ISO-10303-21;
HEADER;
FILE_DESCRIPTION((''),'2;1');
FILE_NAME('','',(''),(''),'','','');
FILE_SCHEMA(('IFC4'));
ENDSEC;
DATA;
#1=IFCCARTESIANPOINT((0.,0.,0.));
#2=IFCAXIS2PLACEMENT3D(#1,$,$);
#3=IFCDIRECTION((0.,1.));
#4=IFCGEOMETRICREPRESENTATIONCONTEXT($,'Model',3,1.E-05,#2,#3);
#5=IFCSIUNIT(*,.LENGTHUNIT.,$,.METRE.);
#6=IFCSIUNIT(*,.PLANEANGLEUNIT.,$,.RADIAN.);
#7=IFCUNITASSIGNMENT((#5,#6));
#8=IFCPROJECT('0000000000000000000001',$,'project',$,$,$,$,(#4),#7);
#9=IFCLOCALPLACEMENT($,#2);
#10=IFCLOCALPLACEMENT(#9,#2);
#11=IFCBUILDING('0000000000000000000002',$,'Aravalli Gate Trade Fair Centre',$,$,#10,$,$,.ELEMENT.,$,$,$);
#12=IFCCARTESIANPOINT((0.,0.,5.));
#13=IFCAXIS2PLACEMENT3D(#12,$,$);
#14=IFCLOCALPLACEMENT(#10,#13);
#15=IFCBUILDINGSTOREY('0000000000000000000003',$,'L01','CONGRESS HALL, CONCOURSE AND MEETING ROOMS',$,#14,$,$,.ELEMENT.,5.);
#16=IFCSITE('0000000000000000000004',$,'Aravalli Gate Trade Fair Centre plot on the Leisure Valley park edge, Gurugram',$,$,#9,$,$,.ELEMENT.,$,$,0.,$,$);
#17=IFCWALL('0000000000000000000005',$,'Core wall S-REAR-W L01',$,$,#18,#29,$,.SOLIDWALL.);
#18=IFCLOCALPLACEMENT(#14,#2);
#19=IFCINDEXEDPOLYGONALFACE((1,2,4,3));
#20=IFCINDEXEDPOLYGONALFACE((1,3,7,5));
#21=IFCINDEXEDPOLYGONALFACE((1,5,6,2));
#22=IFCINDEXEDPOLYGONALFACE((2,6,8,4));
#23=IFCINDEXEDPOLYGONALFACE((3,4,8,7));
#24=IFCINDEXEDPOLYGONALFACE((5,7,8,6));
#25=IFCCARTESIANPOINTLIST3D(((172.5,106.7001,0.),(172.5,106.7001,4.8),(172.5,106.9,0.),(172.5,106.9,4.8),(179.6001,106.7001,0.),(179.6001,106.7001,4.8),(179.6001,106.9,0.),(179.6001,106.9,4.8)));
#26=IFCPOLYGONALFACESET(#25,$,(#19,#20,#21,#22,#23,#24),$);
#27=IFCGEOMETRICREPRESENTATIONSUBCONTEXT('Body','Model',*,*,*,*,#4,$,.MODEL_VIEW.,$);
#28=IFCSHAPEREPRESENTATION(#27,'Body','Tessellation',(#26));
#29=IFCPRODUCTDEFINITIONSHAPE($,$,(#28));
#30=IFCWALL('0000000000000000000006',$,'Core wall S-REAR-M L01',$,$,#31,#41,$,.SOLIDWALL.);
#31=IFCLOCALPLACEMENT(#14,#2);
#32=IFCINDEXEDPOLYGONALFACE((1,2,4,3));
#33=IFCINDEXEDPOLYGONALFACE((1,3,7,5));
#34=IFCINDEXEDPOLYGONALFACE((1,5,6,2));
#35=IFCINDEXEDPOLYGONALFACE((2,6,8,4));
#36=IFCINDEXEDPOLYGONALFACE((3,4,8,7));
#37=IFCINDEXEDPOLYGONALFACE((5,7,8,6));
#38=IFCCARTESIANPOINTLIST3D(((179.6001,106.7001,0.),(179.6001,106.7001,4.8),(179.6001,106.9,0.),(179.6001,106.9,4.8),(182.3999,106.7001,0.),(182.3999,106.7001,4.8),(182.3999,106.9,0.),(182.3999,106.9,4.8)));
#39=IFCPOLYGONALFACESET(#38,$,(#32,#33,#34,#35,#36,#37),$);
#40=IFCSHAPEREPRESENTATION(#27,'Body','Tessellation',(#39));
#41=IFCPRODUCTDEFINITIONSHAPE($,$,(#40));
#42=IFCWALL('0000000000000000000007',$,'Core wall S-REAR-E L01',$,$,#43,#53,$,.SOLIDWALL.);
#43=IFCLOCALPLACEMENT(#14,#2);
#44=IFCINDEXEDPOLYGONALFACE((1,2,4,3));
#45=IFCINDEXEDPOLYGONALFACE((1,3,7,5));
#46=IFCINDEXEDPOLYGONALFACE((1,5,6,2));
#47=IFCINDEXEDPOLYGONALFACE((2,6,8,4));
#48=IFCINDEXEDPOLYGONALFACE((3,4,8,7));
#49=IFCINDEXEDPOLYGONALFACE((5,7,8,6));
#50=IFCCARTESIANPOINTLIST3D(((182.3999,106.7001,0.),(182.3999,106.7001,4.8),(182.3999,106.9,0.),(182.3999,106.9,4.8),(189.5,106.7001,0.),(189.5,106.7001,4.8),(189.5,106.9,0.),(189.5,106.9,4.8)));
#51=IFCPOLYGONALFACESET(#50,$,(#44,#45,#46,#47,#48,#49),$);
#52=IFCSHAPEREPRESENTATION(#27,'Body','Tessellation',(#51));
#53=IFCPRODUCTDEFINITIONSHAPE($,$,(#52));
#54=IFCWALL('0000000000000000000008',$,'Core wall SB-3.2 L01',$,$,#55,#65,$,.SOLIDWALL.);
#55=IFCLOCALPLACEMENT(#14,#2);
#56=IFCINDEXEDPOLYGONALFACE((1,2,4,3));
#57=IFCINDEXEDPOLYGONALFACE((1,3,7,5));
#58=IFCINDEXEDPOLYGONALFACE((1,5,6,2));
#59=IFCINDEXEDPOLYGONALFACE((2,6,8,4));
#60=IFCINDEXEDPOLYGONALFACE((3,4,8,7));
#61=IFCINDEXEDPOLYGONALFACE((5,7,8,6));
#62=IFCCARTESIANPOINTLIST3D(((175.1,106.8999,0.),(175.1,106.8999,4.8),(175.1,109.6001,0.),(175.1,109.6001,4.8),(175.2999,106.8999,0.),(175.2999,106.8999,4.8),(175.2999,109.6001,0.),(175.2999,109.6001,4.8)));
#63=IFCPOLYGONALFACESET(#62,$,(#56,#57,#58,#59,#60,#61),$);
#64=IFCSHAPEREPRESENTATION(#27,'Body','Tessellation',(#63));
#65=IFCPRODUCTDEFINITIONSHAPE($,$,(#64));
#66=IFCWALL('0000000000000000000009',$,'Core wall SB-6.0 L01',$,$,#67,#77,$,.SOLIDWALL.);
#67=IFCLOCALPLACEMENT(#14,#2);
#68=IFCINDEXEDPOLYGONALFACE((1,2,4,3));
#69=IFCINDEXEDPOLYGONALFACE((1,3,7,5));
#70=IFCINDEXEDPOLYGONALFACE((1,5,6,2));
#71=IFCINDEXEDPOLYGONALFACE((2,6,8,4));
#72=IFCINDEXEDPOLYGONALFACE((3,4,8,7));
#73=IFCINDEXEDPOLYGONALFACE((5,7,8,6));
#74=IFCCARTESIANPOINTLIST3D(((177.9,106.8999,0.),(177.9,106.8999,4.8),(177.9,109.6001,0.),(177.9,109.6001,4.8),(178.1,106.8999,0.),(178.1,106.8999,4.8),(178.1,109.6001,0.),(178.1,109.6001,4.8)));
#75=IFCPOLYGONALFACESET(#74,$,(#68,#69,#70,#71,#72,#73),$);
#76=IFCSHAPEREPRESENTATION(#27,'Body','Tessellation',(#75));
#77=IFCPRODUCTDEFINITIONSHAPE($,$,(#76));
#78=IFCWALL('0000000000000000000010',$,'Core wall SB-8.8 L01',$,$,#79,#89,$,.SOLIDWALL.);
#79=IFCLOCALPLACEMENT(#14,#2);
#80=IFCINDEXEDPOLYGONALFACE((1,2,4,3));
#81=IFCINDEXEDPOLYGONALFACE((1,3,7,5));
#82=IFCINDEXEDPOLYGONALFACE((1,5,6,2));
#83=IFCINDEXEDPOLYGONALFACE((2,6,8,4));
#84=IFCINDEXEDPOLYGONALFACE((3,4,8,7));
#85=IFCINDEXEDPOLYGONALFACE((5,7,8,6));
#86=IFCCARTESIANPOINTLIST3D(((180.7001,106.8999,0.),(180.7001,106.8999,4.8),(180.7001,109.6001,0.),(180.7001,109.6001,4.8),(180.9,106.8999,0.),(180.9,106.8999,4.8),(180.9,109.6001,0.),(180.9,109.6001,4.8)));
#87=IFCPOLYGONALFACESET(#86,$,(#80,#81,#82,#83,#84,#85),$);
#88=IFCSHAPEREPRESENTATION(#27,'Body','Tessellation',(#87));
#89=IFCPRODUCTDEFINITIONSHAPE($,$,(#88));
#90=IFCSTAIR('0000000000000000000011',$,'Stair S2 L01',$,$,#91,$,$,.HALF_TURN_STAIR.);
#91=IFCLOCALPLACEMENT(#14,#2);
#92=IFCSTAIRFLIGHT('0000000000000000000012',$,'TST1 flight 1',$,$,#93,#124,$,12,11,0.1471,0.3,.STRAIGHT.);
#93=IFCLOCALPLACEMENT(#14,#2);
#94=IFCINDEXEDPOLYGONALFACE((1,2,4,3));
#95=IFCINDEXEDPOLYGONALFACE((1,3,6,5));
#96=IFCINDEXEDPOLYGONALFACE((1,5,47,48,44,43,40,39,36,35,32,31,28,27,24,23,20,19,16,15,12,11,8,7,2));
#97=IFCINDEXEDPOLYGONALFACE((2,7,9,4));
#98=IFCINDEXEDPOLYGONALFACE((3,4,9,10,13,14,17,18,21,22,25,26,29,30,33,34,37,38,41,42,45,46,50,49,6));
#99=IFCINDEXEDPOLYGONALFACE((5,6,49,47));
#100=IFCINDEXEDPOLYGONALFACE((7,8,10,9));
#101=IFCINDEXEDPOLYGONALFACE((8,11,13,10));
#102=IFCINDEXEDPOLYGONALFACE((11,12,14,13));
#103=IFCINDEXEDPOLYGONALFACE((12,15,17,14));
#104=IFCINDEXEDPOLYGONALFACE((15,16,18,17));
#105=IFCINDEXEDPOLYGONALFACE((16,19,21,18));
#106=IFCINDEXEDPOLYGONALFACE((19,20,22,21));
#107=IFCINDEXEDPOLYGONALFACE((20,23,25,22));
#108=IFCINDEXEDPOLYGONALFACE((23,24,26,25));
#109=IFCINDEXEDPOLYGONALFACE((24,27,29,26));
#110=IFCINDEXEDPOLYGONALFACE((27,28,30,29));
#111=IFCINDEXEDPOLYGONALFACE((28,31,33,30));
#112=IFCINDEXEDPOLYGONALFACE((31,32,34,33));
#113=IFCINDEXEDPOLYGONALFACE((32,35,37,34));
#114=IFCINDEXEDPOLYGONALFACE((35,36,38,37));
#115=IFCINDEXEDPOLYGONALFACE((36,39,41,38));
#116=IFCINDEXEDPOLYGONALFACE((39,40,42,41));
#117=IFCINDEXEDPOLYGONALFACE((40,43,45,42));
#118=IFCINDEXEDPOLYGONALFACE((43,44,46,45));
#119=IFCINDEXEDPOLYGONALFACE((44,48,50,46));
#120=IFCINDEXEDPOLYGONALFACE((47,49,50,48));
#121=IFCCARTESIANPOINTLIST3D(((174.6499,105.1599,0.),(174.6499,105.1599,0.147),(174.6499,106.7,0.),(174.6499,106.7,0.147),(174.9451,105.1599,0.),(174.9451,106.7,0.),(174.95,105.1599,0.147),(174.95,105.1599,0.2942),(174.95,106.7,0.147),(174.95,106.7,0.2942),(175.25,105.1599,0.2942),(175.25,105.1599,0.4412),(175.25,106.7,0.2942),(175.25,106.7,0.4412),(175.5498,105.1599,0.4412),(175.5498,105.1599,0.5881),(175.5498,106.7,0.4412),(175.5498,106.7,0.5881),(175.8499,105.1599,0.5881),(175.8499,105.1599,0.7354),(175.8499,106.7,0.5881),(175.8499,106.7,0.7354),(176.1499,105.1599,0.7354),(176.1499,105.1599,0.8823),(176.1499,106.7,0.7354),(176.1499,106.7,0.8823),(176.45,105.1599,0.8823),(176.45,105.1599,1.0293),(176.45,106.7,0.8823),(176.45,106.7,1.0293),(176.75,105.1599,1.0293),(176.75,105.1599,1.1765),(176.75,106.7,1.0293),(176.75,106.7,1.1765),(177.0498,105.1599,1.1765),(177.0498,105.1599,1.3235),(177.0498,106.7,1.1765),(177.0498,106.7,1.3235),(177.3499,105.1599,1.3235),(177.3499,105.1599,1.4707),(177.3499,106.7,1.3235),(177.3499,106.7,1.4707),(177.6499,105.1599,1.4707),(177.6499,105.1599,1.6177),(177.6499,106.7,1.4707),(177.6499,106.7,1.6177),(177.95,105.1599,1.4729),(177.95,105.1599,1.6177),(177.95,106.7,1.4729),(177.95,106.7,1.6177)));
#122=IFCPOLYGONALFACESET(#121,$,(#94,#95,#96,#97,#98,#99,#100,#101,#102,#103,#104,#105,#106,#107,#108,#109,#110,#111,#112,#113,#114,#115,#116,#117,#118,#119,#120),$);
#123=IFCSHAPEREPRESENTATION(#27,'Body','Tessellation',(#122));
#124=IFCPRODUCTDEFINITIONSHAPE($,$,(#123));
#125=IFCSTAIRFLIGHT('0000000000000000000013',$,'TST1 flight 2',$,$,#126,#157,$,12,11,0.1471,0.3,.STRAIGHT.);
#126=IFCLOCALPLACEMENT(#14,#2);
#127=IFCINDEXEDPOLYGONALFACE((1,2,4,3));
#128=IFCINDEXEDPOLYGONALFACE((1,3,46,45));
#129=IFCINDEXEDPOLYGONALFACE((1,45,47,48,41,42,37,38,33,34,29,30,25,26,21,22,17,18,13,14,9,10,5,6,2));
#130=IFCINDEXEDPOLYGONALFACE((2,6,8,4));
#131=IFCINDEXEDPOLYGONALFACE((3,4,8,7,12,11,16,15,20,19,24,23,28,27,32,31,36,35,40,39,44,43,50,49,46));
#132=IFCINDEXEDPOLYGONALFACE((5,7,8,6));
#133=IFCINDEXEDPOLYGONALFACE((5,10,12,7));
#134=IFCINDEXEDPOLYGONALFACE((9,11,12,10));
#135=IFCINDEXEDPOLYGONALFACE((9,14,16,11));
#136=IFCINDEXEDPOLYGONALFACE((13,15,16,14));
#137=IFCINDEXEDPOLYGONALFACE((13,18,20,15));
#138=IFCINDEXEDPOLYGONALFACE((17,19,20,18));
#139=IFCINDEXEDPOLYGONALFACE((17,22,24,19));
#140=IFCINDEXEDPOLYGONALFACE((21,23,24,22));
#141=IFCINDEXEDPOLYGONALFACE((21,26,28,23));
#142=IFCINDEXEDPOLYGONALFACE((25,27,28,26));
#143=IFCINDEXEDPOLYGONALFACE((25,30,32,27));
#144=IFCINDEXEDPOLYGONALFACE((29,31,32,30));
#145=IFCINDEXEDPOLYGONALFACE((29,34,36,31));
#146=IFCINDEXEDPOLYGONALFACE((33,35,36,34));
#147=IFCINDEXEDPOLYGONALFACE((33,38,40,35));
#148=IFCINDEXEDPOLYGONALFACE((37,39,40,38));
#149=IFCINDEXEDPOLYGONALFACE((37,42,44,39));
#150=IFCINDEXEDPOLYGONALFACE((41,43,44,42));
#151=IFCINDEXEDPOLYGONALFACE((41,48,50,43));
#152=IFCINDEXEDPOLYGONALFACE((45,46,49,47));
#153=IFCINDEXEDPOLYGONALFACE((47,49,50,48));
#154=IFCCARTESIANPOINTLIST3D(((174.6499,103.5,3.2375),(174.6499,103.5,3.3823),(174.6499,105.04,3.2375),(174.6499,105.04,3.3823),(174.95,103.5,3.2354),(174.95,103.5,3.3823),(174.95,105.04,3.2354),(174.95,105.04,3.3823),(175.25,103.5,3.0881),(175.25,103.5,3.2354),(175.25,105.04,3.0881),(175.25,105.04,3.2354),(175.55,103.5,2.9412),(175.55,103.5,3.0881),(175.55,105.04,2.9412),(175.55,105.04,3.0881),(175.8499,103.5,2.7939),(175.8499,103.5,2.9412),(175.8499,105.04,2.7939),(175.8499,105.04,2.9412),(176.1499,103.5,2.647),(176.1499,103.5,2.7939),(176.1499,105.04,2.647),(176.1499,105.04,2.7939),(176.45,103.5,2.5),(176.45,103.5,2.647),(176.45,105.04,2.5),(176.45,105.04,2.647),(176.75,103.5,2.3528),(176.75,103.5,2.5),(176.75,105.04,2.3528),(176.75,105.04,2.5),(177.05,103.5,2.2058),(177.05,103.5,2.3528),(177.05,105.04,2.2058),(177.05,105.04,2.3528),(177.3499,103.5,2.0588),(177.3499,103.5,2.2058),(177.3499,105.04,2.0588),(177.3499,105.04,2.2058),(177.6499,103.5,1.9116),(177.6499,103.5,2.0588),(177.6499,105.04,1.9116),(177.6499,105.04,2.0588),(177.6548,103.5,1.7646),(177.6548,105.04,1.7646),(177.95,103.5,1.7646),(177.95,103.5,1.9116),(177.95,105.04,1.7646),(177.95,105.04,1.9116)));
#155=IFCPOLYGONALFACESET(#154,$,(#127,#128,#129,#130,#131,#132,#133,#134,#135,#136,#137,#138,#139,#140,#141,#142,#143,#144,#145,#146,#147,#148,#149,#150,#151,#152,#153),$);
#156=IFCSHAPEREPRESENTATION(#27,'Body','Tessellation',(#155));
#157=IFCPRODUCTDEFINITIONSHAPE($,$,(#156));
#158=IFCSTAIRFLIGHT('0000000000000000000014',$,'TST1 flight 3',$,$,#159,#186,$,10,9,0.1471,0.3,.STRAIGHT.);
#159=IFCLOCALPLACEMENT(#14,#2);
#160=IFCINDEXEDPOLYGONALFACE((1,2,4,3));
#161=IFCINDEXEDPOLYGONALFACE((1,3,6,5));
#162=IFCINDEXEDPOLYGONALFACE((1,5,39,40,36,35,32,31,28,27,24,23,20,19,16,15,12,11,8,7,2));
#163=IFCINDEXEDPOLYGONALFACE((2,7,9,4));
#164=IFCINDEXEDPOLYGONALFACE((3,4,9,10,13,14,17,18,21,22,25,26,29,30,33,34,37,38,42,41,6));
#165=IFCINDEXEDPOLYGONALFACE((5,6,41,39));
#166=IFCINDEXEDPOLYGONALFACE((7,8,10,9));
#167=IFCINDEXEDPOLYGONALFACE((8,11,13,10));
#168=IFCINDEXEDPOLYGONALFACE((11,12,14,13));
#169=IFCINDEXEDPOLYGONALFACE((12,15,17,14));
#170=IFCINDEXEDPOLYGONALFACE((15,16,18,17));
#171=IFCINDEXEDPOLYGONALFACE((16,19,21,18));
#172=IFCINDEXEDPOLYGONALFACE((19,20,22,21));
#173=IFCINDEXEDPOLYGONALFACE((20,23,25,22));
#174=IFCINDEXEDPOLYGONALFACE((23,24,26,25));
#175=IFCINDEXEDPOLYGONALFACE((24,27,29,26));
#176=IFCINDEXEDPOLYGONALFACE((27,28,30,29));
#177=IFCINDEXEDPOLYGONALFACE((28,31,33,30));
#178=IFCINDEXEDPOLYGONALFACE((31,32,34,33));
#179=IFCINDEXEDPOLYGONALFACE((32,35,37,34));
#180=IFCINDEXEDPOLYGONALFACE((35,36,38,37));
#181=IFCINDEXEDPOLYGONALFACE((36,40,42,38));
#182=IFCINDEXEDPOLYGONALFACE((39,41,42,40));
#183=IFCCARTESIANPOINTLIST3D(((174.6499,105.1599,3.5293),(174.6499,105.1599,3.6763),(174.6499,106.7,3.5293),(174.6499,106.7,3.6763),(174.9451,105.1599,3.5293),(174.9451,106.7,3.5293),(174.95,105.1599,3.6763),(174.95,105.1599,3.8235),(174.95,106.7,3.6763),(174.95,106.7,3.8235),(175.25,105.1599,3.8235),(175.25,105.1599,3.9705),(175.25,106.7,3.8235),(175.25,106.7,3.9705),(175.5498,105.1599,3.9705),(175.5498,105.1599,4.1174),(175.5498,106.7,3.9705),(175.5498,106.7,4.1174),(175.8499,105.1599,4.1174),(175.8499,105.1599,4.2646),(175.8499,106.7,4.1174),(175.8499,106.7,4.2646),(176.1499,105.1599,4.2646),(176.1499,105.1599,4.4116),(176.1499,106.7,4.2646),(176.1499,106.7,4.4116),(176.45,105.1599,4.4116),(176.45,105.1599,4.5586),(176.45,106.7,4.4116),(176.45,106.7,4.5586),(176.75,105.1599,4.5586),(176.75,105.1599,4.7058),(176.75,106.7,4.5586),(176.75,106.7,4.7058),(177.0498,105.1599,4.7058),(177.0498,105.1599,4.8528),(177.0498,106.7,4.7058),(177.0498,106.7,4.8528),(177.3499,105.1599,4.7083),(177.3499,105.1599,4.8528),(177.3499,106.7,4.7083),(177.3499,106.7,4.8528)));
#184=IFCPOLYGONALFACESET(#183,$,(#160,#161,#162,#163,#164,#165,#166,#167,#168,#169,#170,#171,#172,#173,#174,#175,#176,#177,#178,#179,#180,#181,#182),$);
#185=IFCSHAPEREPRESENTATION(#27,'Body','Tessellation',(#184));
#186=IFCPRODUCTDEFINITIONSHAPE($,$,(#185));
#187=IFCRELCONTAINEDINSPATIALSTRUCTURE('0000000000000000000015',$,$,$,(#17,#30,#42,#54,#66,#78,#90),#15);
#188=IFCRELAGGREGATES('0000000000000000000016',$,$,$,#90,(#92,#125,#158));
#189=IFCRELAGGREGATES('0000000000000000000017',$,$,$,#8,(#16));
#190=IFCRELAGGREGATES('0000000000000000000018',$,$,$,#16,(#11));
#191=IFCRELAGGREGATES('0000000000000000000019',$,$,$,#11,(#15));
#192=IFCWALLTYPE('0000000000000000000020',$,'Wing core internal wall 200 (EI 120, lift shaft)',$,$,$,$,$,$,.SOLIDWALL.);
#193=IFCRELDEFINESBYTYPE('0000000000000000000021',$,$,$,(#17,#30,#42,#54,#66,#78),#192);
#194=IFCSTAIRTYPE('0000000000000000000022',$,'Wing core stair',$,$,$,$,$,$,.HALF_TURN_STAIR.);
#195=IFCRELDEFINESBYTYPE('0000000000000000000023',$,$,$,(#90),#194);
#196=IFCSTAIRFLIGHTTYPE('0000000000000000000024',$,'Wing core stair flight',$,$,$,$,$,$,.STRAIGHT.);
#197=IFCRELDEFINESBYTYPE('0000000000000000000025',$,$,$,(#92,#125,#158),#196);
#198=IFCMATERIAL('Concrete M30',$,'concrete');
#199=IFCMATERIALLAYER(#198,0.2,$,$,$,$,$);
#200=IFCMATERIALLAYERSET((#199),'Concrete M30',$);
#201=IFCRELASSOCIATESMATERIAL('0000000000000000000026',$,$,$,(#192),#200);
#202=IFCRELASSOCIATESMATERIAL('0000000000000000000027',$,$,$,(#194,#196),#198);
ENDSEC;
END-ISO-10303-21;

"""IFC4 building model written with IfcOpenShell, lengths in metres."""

from ifc_helpers import new_model, si_unit, direction, frame, frame_2d, origin, place, context, subcontext, project, spatial, polyline, rectangle, outline, extrude, material, layer, layer_set, type_object, element, aggregate, save


model = new_model("IFC4")

# Units and contexts
model_context = context("Model", 3, precision=1e-05, world=origin(), true_north=direction((0.0, 1.0)))
body_context = subcontext(model_context, "Body", "Model", "MODEL_VIEW")
ifc_project = project(units=[si_unit("LENGTHUNIT", "METRE"), si_unit("PLANEANGLEUNIT", "RADIAN")], contexts=[model_context])

# Site, building, storey
site_placement = place(None, origin())
site = spatial("IfcSite", under=ifc_project, at=site_placement, Name="Aravalli Gate Trade Fair Centre plot on the Leisure Valley park edge, Gurugram", CompositionType="ELEMENT", RefElevation=0.0)
building_placement = place(site_placement, origin())
building = spatial("IfcBuilding", under=site, at=building_placement, Name="Aravalli Gate Trade Fair Centre", CompositionType="ELEMENT")
storey_placement = place(building_placement, frame((0.0, 0.0, 5.0)))
storey = spatial("IfcBuildingStorey", under=building, at=storey_placement, Name="L01", Description="CONGRESS HALL, CONCOURSE AND MEETING ROOMS", CompositionType="ELEMENT", Elevation=5.0)

# Walls
ifc_material_1 = material(Name="Concrete M30", Category="concrete")
ifc_layer = layer(ifc_material_1, 0.2)
ifc_layer_set = layer_set([ifc_layer], Name="Concrete M30")
wall_type = type_object("IfcWallType", Name="Wing core internal wall 200 (EI 120, lift shaft)", PredefinedType="SOLIDWALL", material=ifc_layer_set)
wall_1_placement = place(storey_placement, frame((172.5, 106.8, 0.0), z_axis=(0.0, 0.0, 1.0), x_axis=(1.0, 0.0, 0.0)))
element("IfcWall", 1, at=wall_1_placement, inside=storey, type_object=wall_type, Name="Core wall S-REAR-W L01", PredefinedType="SOLIDWALL", context=body_context, shape_type="SweptSolid", body=[
    extrude(rectangle(XDim=7.1001, YDim=0.2, at=frame_2d((3.55, 0.0))), origin(), (0.0, 0.0, 1.0), 4.8),
])
wall_2_placement = place(storey_placement, frame((179.6001, 106.8, 0.0), z_axis=(0.0, 0.0, 1.0), x_axis=(1.0, 0.0, 0.0)))
element("IfcWall", 2, at=wall_2_placement, inside=storey, type_object=wall_type, Name="Core wall S-REAR-M L01", PredefinedType="SOLIDWALL", context=body_context, shape_type="SweptSolid", body=[
    extrude(rectangle(XDim=2.7998, YDim=0.2, at=frame_2d((1.3999, 0.0))), origin(), (0.0, 0.0, 1.0), 4.8),
])
wall_3_placement = place(storey_placement, frame((182.3999, 106.8, 0.0), z_axis=(0.0, 0.0, 1.0), x_axis=(1.0, 0.0, 0.0)))
element("IfcWall", 3, at=wall_3_placement, inside=storey, type_object=wall_type, Name="Core wall S-REAR-E L01", PredefinedType="SOLIDWALL", context=body_context, shape_type="SweptSolid", body=[
    extrude(rectangle(XDim=7.1001, YDim=0.2, at=frame_2d((3.55, 0.0))), origin(), (0.0, 0.0, 1.0), 4.8),
])
for number, where, z_axis, x_axis, name in (
    (4, (175.2, 106.8999, 0.0), (0.0, 0.0, 1.0), (0.0, 1.0, 0.0), "Core wall SB-3.2 L01"),
    (5, (178.0, 106.8999, 0.0), (0.0, 0.0, 1.0), (0.0, 1.0, 0.0), "Core wall SB-6.0 L01"),
    (6, (180.8, 106.8999, 0.0), (0.0, 0.0, 1.0), (0.0, 1.0, 0.0), "Core wall SB-8.8 L01"),
):
    element("IfcWall", number, at=place(storey_placement, frame(where, z_axis=z_axis, x_axis=x_axis)), inside=storey, type_object=wall_type, Name=name, PredefinedType="SOLIDWALL", context=body_context, shape_type="SweptSolid", body=[
        extrude(rectangle(XDim=2.7002, YDim=0.2, at=frame_2d((1.3501, 0.0))), origin(), (0.0, 0.0, 1.0), 4.8),
    ])

# Stair, stair flights
stair_type = type_object("IfcStairType", Name="Wing core stair", PredefinedType="HALF_TURN_STAIR", material=ifc_material_1)
stair_1_placement = place(storey_placement, origin())
stair_1 = element("IfcStair", 7, at=stair_1_placement, inside=storey, type_object=stair_type, Name="Stair S2 L01", PredefinedType="HALF_TURN_STAIR")
stair_flight_type = type_object("IfcStairFlightType", Name="Wing core stair flight", PredefinedType="STRAIGHT", material=ifc_material_1)
stair_flight_1_placement = place(storey_placement, frame((174.6499, 105.9299, 0.0), z_axis=(0.0, 0.0, 1.0), x_axis=(1.0, 0.0, 0.0)))
stair_flight_1 = element("IfcStairFlight", 8, at=stair_flight_1_placement, type_object=stair_flight_type, Name="TST1 flight 1", NumberOfRisers=12, NumberOfTreads=11, PredefinedType="STRAIGHT", RiserHeight=0.1471, TreadLength=0.3, context=body_context, shape_type="SweptSolid", body=[
    extrude(outline(polyline([(0.0, 0.0), (0.0, 0.147), (0.3, 0.147), (0.3, 0.2942), (0.6001, 0.2942), (0.6001, 0.4412), (0.8999, 0.4412), (0.8999, 0.5881), (1.2, 0.5881), (1.2, 0.7354), (1.5, 0.7354), (1.5, 0.8823), (1.8, 0.8823), (1.8, 1.0293), (2.1001, 1.0293), (2.1001, 1.1765), (2.3999, 1.1765), (2.3999, 1.3235), (2.7, 1.3235), (2.7, 1.4707), (3.0, 1.4707), (3.0, 1.6177), (3.3, 1.6177), (3.3, 1.7646), (3.3, 1.4729), (0.2952, 0.0), (0.0, 0.0)])), frame((0.0, 0.77, 0.0), z_axis=(0.0, -1.0, 0.0), x_axis=(1.0, 0.0, 0.0)), (0.0, 0.0, 1.0), 1.54),
])
stair_flight_2_placement = place(storey_placement, frame((177.95, 104.27, 1.7646), z_axis=(0.0, 0.0, 1.0), x_axis=(-1.0, 0.0, 0.0)))
stair_flight_2 = element("IfcStairFlight", 9, at=stair_flight_2_placement, type_object=stair_flight_type, Name="TST1 flight 2", NumberOfRisers=12, NumberOfTreads=11, PredefinedType="STRAIGHT", RiserHeight=0.1471, TreadLength=0.3, context=body_context, shape_type="SweptSolid", body=[
    extrude(outline(polyline([(0.0, 0.0), (0.0, 0.147), (0.3, 0.147), (0.3, 0.2942), (0.6001, 0.2942), (0.6001, 0.4412), (0.8999, 0.4412), (0.8999, 0.5881), (1.2, 0.5881), (1.2, 0.7354), (1.5, 0.7354), (1.5, 0.8823), (1.8, 0.8823), (1.8, 1.0293), (2.1001, 1.0293), (2.1001, 1.1765), (2.3999, 1.1765), (2.3999, 1.3235), (2.7, 1.3235), (2.7, 1.4707), (3.0, 1.4707), (3.0, 1.6177), (3.3, 1.6177), (3.3, 1.7646), (3.3, 1.4729), (0.2952, 0.0), (0.0, 0.0)])), frame((0.0, 0.77, 0.0), z_axis=(0.0, -1.0, 0.0), x_axis=(1.0, 0.0, 0.0)), (0.0, 0.0, 1.0), 1.54),
])
stair_flight_3_placement = place(storey_placement, frame((174.6499, 105.9299, 3.5293), z_axis=(0.0, 0.0, 1.0), x_axis=(1.0, 0.0, 0.0)))
stair_flight_3 = element("IfcStairFlight", 10, at=stair_flight_3_placement, type_object=stair_flight_type, Name="TST1 flight 3", NumberOfRisers=10, NumberOfTreads=9, PredefinedType="STRAIGHT", RiserHeight=0.1471, TreadLength=0.3, context=body_context, shape_type="SweptSolid", body=[
    extrude(outline(polyline([(0.0, 0.0), (0.0, 0.147), (0.3, 0.147), (0.3, 0.2942), (0.6001, 0.2942), (0.6001, 0.4412), (0.8999, 0.4412), (0.8999, 0.5881), (1.2, 0.5881), (1.2, 0.7354), (1.5, 0.7354), (1.5, 0.8823), (1.8, 0.8823), (1.8, 1.0293), (2.1001, 1.0293), (2.1001, 1.1765), (2.3999, 1.1765), (2.3999, 1.3235), (2.7, 1.3235), (2.7, 1.4707), (2.7, 1.179), (0.2952, 0.0), (0.0, 0.0)])), frame((0.0, 0.77, 0.0), z_axis=(0.0, -1.0, 0.0), x_axis=(1.0, 0.0, 0.0)), (0.0, 0.0, 1.0), 1.54),
])
aggregate(stair_1, [stair_flight_1, stair_flight_2, stair_flight_3])

save(model, "model.ifc")
